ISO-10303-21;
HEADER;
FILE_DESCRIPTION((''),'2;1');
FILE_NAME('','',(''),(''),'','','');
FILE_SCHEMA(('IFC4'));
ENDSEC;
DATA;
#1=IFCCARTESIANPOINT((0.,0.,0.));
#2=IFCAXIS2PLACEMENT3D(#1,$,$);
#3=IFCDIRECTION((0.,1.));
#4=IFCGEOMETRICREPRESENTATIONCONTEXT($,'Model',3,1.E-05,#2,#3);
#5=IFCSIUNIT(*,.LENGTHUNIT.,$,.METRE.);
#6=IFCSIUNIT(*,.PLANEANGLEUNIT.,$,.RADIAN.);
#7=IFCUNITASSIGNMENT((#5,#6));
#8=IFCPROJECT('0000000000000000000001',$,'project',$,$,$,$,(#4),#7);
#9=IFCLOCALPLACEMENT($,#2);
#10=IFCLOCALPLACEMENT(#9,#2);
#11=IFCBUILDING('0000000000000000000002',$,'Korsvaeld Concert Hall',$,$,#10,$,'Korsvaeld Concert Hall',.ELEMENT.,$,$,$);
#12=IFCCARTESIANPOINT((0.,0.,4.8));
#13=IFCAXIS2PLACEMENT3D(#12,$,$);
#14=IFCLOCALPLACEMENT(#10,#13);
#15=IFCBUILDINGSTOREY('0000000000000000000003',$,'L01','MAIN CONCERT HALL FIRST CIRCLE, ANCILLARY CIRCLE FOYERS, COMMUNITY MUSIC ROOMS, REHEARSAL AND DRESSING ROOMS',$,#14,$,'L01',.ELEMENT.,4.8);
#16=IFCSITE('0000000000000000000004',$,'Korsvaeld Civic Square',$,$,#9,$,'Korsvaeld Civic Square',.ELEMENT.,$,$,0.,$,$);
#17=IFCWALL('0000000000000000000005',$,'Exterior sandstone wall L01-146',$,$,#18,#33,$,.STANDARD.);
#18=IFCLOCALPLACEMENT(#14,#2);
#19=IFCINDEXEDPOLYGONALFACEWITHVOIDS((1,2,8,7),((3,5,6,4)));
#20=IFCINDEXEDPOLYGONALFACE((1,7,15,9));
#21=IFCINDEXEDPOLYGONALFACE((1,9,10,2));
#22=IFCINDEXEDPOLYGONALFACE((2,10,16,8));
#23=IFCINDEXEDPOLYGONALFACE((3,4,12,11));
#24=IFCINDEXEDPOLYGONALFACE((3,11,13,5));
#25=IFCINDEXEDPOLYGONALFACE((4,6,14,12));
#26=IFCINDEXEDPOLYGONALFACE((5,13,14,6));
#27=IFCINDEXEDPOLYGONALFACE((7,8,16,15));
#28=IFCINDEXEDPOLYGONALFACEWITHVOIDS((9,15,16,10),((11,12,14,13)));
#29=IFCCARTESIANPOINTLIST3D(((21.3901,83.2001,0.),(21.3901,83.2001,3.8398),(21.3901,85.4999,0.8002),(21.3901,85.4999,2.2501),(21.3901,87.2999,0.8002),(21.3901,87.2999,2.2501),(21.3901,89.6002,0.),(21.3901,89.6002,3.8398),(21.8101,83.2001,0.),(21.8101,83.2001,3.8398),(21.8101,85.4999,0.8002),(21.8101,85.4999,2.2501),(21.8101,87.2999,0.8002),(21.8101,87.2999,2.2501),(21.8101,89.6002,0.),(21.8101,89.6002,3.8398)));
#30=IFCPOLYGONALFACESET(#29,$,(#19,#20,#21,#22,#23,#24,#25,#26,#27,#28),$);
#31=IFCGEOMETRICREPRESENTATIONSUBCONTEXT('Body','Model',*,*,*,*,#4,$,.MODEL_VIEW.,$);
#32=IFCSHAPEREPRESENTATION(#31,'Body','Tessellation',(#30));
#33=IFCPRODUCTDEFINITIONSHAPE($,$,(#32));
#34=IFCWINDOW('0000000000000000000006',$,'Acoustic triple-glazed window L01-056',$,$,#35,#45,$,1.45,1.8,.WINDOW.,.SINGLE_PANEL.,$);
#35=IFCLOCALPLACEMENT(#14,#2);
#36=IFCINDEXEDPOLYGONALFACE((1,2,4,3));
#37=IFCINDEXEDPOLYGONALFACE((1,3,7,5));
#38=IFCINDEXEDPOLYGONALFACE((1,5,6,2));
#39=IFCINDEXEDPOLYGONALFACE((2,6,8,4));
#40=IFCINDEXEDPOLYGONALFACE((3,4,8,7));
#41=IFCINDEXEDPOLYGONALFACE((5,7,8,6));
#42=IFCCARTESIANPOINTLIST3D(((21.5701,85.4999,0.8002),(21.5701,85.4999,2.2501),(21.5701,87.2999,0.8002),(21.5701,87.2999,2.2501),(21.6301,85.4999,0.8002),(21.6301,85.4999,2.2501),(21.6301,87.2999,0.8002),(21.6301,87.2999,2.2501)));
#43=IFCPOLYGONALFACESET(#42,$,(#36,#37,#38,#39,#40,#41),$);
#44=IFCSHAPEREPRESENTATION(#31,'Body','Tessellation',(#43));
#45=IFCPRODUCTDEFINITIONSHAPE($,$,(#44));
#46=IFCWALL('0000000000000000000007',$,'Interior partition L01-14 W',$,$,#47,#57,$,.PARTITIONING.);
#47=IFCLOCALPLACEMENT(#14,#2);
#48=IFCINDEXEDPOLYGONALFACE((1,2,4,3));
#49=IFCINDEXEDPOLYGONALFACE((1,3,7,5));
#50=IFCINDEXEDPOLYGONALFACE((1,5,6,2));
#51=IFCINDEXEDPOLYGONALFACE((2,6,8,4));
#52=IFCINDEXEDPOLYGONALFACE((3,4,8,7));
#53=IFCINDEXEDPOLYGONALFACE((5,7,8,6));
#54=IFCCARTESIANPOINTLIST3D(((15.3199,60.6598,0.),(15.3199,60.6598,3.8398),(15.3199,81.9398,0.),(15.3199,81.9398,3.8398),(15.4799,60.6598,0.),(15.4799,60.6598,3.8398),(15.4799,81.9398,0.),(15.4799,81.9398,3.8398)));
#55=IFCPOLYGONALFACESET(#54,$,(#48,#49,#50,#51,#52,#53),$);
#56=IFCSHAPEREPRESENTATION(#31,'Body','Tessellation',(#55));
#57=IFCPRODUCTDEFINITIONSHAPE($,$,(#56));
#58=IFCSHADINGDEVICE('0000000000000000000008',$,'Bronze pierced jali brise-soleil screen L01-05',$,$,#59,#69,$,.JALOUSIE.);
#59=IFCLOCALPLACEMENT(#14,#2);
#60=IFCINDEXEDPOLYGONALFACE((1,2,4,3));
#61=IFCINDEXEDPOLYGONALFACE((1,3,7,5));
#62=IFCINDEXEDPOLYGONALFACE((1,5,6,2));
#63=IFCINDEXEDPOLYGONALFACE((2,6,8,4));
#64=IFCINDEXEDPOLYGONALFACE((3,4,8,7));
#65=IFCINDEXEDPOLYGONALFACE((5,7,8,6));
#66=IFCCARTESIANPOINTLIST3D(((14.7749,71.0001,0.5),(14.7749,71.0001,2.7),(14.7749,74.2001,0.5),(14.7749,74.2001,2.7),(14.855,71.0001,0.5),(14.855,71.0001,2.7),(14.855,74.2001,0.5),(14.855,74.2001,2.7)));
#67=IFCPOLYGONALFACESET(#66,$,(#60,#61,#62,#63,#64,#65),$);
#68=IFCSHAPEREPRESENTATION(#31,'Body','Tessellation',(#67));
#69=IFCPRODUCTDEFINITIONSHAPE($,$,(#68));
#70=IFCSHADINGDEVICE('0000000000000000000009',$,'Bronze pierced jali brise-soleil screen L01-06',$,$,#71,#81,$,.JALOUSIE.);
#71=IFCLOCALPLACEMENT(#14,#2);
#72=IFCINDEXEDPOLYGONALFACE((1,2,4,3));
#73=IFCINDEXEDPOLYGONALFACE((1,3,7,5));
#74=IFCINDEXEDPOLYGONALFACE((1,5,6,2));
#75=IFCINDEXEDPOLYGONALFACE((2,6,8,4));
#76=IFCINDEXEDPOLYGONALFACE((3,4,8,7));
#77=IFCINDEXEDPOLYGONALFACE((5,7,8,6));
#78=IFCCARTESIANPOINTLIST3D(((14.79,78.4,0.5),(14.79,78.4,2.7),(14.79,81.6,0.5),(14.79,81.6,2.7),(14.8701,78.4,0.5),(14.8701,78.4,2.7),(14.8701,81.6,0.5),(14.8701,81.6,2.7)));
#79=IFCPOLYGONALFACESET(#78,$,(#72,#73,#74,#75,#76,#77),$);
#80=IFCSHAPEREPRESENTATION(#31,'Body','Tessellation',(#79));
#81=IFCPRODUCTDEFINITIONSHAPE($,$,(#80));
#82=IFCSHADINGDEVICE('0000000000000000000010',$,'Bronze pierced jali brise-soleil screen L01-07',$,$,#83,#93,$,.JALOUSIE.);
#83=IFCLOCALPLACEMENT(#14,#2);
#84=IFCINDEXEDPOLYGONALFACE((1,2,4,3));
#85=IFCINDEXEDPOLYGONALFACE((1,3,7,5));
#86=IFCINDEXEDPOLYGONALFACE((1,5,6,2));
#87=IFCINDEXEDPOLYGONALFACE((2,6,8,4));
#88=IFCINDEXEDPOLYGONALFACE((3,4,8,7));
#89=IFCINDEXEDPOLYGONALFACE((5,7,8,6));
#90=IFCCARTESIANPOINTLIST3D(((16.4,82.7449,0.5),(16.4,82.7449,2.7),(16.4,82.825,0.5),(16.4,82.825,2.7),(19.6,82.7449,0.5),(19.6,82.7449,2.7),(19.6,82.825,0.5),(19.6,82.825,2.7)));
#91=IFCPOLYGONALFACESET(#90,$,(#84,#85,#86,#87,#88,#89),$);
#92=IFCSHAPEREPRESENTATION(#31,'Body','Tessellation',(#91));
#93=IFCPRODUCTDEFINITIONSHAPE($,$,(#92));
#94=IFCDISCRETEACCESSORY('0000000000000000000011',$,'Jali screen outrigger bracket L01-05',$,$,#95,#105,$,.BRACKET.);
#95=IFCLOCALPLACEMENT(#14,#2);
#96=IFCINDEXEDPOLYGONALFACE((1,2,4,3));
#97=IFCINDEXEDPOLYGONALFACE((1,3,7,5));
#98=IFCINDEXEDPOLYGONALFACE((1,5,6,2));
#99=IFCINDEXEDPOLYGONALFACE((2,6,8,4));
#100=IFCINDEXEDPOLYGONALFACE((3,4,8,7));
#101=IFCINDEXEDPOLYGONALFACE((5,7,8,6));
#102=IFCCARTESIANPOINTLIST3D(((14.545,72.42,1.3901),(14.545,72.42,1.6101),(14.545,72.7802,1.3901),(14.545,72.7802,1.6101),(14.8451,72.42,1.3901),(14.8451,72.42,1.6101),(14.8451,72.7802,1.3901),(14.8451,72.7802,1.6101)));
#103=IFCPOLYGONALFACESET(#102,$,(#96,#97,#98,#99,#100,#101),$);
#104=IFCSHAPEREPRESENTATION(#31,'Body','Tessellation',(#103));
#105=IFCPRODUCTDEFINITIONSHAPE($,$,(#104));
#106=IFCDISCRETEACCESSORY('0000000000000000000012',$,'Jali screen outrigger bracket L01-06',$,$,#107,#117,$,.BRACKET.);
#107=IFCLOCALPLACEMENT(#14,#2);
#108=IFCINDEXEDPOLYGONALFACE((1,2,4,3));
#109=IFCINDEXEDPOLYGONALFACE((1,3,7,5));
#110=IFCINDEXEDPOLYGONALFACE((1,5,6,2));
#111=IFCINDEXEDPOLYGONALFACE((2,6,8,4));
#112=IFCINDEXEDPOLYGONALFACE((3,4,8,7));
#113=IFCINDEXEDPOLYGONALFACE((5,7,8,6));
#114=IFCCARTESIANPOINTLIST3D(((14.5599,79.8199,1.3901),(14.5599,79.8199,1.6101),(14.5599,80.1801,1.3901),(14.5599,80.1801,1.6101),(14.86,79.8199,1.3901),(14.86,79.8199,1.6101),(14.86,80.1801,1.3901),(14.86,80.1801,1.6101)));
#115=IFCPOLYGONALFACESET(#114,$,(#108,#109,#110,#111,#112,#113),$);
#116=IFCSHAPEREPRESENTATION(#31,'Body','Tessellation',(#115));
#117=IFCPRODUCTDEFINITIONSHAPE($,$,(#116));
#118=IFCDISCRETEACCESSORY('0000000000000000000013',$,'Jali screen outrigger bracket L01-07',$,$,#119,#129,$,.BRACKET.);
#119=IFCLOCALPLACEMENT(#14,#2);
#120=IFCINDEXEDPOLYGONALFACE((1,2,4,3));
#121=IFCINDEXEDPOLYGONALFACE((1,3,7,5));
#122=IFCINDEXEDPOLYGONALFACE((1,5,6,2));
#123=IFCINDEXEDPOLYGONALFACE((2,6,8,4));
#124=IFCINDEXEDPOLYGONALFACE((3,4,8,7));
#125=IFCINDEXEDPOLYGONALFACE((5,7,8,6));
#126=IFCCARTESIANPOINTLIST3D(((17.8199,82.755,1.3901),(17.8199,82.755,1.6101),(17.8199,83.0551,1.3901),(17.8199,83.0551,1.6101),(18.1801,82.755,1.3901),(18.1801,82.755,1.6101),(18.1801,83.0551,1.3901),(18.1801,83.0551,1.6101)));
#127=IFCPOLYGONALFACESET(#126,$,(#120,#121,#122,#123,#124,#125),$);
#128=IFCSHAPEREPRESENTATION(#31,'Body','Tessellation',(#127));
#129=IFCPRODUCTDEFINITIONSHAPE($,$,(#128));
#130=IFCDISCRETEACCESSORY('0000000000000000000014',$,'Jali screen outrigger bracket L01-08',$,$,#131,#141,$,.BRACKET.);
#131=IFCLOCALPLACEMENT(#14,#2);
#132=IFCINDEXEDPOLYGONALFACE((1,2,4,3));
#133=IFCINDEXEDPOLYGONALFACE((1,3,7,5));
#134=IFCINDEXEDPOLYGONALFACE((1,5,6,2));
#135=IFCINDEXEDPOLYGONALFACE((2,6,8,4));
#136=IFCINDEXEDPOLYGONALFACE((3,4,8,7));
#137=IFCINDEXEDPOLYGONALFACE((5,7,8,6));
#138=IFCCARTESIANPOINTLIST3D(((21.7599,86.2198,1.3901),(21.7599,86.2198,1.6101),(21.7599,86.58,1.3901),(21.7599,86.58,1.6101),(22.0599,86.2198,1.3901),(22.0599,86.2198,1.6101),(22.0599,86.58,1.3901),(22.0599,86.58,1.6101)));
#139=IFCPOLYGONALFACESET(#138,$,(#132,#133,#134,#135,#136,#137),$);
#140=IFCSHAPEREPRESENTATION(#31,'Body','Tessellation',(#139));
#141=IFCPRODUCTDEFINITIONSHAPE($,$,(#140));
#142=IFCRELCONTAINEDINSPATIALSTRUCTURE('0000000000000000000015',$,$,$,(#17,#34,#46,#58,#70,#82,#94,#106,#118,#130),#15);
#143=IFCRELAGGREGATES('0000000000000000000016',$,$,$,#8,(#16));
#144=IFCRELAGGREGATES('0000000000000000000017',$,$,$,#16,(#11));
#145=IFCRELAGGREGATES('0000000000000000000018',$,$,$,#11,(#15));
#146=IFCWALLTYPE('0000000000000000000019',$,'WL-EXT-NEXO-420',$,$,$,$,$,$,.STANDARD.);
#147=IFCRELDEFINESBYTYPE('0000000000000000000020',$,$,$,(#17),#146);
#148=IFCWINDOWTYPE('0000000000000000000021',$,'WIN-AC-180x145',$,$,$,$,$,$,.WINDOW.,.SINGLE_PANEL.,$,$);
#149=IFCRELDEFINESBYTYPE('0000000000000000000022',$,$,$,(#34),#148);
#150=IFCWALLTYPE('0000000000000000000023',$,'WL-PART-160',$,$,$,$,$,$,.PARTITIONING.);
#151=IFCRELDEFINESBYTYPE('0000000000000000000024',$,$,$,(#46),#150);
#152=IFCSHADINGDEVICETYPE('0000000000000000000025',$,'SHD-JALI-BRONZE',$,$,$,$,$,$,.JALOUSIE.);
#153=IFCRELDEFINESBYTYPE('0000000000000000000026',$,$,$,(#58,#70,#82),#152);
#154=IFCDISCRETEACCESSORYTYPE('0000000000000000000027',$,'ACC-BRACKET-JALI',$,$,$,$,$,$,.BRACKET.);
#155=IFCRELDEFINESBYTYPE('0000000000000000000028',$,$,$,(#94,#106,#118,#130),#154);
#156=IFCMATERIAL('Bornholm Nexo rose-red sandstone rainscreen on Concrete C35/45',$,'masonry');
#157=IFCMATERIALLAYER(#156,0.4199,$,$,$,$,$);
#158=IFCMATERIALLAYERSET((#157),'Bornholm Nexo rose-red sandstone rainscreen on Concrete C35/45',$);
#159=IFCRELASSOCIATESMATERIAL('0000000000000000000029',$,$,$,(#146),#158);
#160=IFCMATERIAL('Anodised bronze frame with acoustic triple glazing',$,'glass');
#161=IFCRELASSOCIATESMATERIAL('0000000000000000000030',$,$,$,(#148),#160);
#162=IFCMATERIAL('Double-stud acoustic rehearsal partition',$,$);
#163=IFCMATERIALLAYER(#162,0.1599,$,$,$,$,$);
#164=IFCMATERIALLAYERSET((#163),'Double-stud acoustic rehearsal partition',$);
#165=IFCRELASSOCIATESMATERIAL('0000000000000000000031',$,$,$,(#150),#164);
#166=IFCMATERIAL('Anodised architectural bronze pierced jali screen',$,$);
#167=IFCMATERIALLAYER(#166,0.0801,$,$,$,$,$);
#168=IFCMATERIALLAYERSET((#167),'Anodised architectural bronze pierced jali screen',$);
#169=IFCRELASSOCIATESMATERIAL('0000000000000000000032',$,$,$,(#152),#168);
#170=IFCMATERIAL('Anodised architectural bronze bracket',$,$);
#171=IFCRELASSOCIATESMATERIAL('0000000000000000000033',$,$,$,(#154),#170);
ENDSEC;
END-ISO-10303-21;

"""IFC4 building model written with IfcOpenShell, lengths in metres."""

from ifc_helpers import new_model, si_unit, direction, frame, frame_2d, origin, origin_2d, place, context, subcontext, project, spatial, rectangle, extrude, material, layer, layer_set, type_object, element, fill, save


model = new_model("IFC4")

# Units and contexts
model_context = context("Model", 3, precision=1e-05, world=origin(), true_north=direction((0.0, 1.0)))
body_context = subcontext(model_context, "Body", "Model", "MODEL_VIEW")
ifc_project = project(units=[si_unit("LENGTHUNIT", "METRE"), si_unit("PLANEANGLEUNIT", "RADIAN")], contexts=[model_context])

# Site, building, storey
site_placement = place(None, origin())
site = spatial("IfcSite", under=ifc_project, at=site_placement, Name="Korsvaeld Civic Square", LongName="Korsvaeld Civic Square", CompositionType="ELEMENT", RefElevation=0.0)
building_placement = place(site_placement, origin())
building = spatial("IfcBuilding", under=site, at=building_placement, Name="Korsvaeld Concert Hall", LongName="Korsvaeld Concert Hall", CompositionType="ELEMENT")
storey_placement = place(building_placement, frame((0.0, 0.0, 4.8)))
storey = spatial("IfcBuildingStorey", under=building, at=storey_placement, Name="L01", Description="MAIN CONCERT HALL FIRST CIRCLE, ANCILLARY CIRCLE FOYERS, COMMUNITY MUSIC ROOMS, REHEARSAL AND DRESSING ROOMS", LongName="L01", CompositionType="ELEMENT", Elevation=4.8)

# Wall, opening, window
ifc_material_1 = material(Name="Anodised bronze frame with acoustic triple glazing", Category="glass")
ifc_material_2 = material(Name="Bornholm Nexo rose-red sandstone rainscreen on Concrete C35/45", Category="masonry")
ifc_layer_1 = layer(ifc_material_2, 0.4199)
ifc_layer_set_1 = layer_set([ifc_layer_1], Name="Bornholm Nexo rose-red sandstone rainscreen on Concrete C35/45")
wall_type_1 = type_object("IfcWallType", Name="WL-EXT-NEXO-420", PredefinedType="STANDARD", material=ifc_layer_set_1)
wall_1_placement = place(storey_placement, frame((21.6001, 83.2, 0.0), z_axis=(0.0, 0.0, 1.0), x_axis=(0.0, 1.0, 0.0)))
wall_1 = element("IfcWall", 1, at=wall_1_placement, inside=storey, type_object=wall_type_1, Name="Exterior sandstone wall L01-146", PredefinedType="STANDARD", context=body_context, shape_type="SweptSolid", body=[
    extrude(rectangle(XDim=6.4001, YDim=0.4199, at=frame_2d((3.2002, 0.0))), origin(), (0.0, 0.0, 1.0), 3.8398),
])
opening_1_placement = place(wall_1_placement, frame((2.3, 0.0, 0.8)))
opening_1 = element("IfcOpeningElement", 2, at=opening_1_placement, cuts=wall_1, PredefinedType="OPENING", context=body_context, shape_type="SweptSolid", body=[
    extrude(rectangle(XDim=1.8, YDim=1.45, at=frame_2d((0.8999, 0.7251))), frame((0.0, 0.22, 0.0), z_axis=(0.0, -1.0, 0.0), x_axis=(1.0, 0.0, 0.0)), (0.0, 0.0, 1.0), 0.4399),
])
window_type_1 = type_object("IfcWindowType", Name="WIN-AC-180x145", PartitioningType="SINGLE_PANEL", PredefinedType="WINDOW", material=ifc_material_1)
window_1_placement = place(opening_1_placement, origin())
window_1 = element("IfcWindow", 3, at=window_1_placement, inside=storey, type_object=window_type_1, Name="Acoustic triple-glazed window L01-056", OverallHeight=1.45, OverallWidth=1.8, PartitioningType="SINGLE_PANEL", PredefinedType="WINDOW", context=body_context, shape_type="SweptSolid", body=[
    extrude(rectangle(XDim=1.8, YDim=1.45, at=frame_2d((0.8999, 0.7251))), frame((0.0, 0.03, 0.0), z_axis=(0.0, -1.0, 0.0), x_axis=(1.0, 0.0, 0.0)), (0.0, 0.0, 1.0), 0.0601),
])
fill(opening_1, window_1)

# Wall
ifc_material_3 = material(Name="Double-stud acoustic rehearsal partition")
ifc_layer_2 = layer(ifc_material_3, 0.1599)
ifc_layer_set_2 = layer_set([ifc_layer_2], Name="Double-stud acoustic rehearsal partition")
wall_type_2 = type_object("IfcWallType", Name="WL-PART-160", PredefinedType="PARTITIONING", material=ifc_layer_set_2)
wall_2_placement = place(storey_placement, frame((15.3999, 81.9399, 0.0), z_axis=(0.0, 0.0, 1.0), x_axis=(0.0, -1.0, 0.0)))
element("IfcWall", 4, at=wall_2_placement, inside=storey, type_object=wall_type_2, Name="Interior partition L01-14 W", PredefinedType="PARTITIONING", context=body_context, shape_type="SweptSolid", body=[
    extrude(rectangle(XDim=21.28, YDim=0.1599, at=frame_2d((10.6401, 0.0))), origin(), (0.0, 0.0, 1.0), 3.8398),
])

# Shading devices
ifc_material_4 = material(Name="Anodised architectural bronze pierced jali screen")
ifc_layer_3 = layer(ifc_material_4, 0.0801)
ifc_layer_set_3 = layer_set([ifc_layer_3], Name="Anodised architectural bronze pierced jali screen")
shading_device_type = type_object("IfcShadingDeviceType", Name="SHD-JALI-BRONZE", PredefinedType="JALOUSIE", material=ifc_layer_set_3)
for number, where, z_axis, x_axis, name in (
    (5, (14.8149, 72.6001, 0.5), (0.0, 0.0, 1.0), (0.0, 1.0, 0.0), "Bronze pierced jali brise-soleil screen L01-05"),
    (6, (14.8301, 80.0, 0.5), (0.0, 0.0, 1.0), (0.0, 1.0, 0.0), "Bronze pierced jali brise-soleil screen L01-06"),
    (7, (18.0, 82.7849, 0.5), (0.0, 0.0, 1.0), (1.0, 0.0, 0.0), "Bronze pierced jali brise-soleil screen L01-07"),
):
    element("IfcShadingDevice", number, at=place(storey_placement, frame(where, z_axis=z_axis, x_axis=x_axis)), inside=storey, type_object=shading_device_type, Name=name, PredefinedType="JALOUSIE", context=body_context, shape_type="SweptSolid", body=[
        extrude(rectangle(XDim=3.2, YDim=0.0801, at=origin_2d()), origin(), (0.0, 0.0, 1.0), 2.2),
    ])

# Discrete accessories
ifc_material_5 = material(Name="Anodised architectural bronze bracket")
discrete_accessory_type = type_object("IfcDiscreteAccessoryType", Name="ACC-BRACKET-JALI", PredefinedType="BRACKET", material=ifc_material_5)
for number, where, z_axis, x_axis, name in (
    (8, (14.6951, 72.6001, 1.3901), (0.0, 0.0, 1.0), (0.0, 1.0, 0.0), "Jali screen outrigger bracket L01-05"),
    (9, (14.71, 80.0, 1.3901), (0.0, 0.0, 1.0), (0.0, 1.0, 0.0), "Jali screen outrigger bracket L01-06"),
    (10, (18.0, 82.905, 1.3901), (0.0, 0.0, 1.0), (1.0, 0.0, 0.0), "Jali screen outrigger bracket L01-07"),
    (11, (21.9099, 86.3999, 1.3901), (0.0, 0.0, 1.0), (0.0, 1.0, 0.0), "Jali screen outrigger bracket L01-08"),
):
    element("IfcDiscreteAccessory", number, at=place(storey_placement, frame(where, z_axis=z_axis, x_axis=x_axis)), inside=storey, type_object=discrete_accessory_type, Name=name, PredefinedType="BRACKET", context=body_context, shape_type="SweptSolid", body=[
        extrude(rectangle(XDim=0.3601, YDim=0.3, at=origin_2d()), origin(), (0.0, 0.0, 1.0), 0.22),
    ])

save(model, "model.ifc")
